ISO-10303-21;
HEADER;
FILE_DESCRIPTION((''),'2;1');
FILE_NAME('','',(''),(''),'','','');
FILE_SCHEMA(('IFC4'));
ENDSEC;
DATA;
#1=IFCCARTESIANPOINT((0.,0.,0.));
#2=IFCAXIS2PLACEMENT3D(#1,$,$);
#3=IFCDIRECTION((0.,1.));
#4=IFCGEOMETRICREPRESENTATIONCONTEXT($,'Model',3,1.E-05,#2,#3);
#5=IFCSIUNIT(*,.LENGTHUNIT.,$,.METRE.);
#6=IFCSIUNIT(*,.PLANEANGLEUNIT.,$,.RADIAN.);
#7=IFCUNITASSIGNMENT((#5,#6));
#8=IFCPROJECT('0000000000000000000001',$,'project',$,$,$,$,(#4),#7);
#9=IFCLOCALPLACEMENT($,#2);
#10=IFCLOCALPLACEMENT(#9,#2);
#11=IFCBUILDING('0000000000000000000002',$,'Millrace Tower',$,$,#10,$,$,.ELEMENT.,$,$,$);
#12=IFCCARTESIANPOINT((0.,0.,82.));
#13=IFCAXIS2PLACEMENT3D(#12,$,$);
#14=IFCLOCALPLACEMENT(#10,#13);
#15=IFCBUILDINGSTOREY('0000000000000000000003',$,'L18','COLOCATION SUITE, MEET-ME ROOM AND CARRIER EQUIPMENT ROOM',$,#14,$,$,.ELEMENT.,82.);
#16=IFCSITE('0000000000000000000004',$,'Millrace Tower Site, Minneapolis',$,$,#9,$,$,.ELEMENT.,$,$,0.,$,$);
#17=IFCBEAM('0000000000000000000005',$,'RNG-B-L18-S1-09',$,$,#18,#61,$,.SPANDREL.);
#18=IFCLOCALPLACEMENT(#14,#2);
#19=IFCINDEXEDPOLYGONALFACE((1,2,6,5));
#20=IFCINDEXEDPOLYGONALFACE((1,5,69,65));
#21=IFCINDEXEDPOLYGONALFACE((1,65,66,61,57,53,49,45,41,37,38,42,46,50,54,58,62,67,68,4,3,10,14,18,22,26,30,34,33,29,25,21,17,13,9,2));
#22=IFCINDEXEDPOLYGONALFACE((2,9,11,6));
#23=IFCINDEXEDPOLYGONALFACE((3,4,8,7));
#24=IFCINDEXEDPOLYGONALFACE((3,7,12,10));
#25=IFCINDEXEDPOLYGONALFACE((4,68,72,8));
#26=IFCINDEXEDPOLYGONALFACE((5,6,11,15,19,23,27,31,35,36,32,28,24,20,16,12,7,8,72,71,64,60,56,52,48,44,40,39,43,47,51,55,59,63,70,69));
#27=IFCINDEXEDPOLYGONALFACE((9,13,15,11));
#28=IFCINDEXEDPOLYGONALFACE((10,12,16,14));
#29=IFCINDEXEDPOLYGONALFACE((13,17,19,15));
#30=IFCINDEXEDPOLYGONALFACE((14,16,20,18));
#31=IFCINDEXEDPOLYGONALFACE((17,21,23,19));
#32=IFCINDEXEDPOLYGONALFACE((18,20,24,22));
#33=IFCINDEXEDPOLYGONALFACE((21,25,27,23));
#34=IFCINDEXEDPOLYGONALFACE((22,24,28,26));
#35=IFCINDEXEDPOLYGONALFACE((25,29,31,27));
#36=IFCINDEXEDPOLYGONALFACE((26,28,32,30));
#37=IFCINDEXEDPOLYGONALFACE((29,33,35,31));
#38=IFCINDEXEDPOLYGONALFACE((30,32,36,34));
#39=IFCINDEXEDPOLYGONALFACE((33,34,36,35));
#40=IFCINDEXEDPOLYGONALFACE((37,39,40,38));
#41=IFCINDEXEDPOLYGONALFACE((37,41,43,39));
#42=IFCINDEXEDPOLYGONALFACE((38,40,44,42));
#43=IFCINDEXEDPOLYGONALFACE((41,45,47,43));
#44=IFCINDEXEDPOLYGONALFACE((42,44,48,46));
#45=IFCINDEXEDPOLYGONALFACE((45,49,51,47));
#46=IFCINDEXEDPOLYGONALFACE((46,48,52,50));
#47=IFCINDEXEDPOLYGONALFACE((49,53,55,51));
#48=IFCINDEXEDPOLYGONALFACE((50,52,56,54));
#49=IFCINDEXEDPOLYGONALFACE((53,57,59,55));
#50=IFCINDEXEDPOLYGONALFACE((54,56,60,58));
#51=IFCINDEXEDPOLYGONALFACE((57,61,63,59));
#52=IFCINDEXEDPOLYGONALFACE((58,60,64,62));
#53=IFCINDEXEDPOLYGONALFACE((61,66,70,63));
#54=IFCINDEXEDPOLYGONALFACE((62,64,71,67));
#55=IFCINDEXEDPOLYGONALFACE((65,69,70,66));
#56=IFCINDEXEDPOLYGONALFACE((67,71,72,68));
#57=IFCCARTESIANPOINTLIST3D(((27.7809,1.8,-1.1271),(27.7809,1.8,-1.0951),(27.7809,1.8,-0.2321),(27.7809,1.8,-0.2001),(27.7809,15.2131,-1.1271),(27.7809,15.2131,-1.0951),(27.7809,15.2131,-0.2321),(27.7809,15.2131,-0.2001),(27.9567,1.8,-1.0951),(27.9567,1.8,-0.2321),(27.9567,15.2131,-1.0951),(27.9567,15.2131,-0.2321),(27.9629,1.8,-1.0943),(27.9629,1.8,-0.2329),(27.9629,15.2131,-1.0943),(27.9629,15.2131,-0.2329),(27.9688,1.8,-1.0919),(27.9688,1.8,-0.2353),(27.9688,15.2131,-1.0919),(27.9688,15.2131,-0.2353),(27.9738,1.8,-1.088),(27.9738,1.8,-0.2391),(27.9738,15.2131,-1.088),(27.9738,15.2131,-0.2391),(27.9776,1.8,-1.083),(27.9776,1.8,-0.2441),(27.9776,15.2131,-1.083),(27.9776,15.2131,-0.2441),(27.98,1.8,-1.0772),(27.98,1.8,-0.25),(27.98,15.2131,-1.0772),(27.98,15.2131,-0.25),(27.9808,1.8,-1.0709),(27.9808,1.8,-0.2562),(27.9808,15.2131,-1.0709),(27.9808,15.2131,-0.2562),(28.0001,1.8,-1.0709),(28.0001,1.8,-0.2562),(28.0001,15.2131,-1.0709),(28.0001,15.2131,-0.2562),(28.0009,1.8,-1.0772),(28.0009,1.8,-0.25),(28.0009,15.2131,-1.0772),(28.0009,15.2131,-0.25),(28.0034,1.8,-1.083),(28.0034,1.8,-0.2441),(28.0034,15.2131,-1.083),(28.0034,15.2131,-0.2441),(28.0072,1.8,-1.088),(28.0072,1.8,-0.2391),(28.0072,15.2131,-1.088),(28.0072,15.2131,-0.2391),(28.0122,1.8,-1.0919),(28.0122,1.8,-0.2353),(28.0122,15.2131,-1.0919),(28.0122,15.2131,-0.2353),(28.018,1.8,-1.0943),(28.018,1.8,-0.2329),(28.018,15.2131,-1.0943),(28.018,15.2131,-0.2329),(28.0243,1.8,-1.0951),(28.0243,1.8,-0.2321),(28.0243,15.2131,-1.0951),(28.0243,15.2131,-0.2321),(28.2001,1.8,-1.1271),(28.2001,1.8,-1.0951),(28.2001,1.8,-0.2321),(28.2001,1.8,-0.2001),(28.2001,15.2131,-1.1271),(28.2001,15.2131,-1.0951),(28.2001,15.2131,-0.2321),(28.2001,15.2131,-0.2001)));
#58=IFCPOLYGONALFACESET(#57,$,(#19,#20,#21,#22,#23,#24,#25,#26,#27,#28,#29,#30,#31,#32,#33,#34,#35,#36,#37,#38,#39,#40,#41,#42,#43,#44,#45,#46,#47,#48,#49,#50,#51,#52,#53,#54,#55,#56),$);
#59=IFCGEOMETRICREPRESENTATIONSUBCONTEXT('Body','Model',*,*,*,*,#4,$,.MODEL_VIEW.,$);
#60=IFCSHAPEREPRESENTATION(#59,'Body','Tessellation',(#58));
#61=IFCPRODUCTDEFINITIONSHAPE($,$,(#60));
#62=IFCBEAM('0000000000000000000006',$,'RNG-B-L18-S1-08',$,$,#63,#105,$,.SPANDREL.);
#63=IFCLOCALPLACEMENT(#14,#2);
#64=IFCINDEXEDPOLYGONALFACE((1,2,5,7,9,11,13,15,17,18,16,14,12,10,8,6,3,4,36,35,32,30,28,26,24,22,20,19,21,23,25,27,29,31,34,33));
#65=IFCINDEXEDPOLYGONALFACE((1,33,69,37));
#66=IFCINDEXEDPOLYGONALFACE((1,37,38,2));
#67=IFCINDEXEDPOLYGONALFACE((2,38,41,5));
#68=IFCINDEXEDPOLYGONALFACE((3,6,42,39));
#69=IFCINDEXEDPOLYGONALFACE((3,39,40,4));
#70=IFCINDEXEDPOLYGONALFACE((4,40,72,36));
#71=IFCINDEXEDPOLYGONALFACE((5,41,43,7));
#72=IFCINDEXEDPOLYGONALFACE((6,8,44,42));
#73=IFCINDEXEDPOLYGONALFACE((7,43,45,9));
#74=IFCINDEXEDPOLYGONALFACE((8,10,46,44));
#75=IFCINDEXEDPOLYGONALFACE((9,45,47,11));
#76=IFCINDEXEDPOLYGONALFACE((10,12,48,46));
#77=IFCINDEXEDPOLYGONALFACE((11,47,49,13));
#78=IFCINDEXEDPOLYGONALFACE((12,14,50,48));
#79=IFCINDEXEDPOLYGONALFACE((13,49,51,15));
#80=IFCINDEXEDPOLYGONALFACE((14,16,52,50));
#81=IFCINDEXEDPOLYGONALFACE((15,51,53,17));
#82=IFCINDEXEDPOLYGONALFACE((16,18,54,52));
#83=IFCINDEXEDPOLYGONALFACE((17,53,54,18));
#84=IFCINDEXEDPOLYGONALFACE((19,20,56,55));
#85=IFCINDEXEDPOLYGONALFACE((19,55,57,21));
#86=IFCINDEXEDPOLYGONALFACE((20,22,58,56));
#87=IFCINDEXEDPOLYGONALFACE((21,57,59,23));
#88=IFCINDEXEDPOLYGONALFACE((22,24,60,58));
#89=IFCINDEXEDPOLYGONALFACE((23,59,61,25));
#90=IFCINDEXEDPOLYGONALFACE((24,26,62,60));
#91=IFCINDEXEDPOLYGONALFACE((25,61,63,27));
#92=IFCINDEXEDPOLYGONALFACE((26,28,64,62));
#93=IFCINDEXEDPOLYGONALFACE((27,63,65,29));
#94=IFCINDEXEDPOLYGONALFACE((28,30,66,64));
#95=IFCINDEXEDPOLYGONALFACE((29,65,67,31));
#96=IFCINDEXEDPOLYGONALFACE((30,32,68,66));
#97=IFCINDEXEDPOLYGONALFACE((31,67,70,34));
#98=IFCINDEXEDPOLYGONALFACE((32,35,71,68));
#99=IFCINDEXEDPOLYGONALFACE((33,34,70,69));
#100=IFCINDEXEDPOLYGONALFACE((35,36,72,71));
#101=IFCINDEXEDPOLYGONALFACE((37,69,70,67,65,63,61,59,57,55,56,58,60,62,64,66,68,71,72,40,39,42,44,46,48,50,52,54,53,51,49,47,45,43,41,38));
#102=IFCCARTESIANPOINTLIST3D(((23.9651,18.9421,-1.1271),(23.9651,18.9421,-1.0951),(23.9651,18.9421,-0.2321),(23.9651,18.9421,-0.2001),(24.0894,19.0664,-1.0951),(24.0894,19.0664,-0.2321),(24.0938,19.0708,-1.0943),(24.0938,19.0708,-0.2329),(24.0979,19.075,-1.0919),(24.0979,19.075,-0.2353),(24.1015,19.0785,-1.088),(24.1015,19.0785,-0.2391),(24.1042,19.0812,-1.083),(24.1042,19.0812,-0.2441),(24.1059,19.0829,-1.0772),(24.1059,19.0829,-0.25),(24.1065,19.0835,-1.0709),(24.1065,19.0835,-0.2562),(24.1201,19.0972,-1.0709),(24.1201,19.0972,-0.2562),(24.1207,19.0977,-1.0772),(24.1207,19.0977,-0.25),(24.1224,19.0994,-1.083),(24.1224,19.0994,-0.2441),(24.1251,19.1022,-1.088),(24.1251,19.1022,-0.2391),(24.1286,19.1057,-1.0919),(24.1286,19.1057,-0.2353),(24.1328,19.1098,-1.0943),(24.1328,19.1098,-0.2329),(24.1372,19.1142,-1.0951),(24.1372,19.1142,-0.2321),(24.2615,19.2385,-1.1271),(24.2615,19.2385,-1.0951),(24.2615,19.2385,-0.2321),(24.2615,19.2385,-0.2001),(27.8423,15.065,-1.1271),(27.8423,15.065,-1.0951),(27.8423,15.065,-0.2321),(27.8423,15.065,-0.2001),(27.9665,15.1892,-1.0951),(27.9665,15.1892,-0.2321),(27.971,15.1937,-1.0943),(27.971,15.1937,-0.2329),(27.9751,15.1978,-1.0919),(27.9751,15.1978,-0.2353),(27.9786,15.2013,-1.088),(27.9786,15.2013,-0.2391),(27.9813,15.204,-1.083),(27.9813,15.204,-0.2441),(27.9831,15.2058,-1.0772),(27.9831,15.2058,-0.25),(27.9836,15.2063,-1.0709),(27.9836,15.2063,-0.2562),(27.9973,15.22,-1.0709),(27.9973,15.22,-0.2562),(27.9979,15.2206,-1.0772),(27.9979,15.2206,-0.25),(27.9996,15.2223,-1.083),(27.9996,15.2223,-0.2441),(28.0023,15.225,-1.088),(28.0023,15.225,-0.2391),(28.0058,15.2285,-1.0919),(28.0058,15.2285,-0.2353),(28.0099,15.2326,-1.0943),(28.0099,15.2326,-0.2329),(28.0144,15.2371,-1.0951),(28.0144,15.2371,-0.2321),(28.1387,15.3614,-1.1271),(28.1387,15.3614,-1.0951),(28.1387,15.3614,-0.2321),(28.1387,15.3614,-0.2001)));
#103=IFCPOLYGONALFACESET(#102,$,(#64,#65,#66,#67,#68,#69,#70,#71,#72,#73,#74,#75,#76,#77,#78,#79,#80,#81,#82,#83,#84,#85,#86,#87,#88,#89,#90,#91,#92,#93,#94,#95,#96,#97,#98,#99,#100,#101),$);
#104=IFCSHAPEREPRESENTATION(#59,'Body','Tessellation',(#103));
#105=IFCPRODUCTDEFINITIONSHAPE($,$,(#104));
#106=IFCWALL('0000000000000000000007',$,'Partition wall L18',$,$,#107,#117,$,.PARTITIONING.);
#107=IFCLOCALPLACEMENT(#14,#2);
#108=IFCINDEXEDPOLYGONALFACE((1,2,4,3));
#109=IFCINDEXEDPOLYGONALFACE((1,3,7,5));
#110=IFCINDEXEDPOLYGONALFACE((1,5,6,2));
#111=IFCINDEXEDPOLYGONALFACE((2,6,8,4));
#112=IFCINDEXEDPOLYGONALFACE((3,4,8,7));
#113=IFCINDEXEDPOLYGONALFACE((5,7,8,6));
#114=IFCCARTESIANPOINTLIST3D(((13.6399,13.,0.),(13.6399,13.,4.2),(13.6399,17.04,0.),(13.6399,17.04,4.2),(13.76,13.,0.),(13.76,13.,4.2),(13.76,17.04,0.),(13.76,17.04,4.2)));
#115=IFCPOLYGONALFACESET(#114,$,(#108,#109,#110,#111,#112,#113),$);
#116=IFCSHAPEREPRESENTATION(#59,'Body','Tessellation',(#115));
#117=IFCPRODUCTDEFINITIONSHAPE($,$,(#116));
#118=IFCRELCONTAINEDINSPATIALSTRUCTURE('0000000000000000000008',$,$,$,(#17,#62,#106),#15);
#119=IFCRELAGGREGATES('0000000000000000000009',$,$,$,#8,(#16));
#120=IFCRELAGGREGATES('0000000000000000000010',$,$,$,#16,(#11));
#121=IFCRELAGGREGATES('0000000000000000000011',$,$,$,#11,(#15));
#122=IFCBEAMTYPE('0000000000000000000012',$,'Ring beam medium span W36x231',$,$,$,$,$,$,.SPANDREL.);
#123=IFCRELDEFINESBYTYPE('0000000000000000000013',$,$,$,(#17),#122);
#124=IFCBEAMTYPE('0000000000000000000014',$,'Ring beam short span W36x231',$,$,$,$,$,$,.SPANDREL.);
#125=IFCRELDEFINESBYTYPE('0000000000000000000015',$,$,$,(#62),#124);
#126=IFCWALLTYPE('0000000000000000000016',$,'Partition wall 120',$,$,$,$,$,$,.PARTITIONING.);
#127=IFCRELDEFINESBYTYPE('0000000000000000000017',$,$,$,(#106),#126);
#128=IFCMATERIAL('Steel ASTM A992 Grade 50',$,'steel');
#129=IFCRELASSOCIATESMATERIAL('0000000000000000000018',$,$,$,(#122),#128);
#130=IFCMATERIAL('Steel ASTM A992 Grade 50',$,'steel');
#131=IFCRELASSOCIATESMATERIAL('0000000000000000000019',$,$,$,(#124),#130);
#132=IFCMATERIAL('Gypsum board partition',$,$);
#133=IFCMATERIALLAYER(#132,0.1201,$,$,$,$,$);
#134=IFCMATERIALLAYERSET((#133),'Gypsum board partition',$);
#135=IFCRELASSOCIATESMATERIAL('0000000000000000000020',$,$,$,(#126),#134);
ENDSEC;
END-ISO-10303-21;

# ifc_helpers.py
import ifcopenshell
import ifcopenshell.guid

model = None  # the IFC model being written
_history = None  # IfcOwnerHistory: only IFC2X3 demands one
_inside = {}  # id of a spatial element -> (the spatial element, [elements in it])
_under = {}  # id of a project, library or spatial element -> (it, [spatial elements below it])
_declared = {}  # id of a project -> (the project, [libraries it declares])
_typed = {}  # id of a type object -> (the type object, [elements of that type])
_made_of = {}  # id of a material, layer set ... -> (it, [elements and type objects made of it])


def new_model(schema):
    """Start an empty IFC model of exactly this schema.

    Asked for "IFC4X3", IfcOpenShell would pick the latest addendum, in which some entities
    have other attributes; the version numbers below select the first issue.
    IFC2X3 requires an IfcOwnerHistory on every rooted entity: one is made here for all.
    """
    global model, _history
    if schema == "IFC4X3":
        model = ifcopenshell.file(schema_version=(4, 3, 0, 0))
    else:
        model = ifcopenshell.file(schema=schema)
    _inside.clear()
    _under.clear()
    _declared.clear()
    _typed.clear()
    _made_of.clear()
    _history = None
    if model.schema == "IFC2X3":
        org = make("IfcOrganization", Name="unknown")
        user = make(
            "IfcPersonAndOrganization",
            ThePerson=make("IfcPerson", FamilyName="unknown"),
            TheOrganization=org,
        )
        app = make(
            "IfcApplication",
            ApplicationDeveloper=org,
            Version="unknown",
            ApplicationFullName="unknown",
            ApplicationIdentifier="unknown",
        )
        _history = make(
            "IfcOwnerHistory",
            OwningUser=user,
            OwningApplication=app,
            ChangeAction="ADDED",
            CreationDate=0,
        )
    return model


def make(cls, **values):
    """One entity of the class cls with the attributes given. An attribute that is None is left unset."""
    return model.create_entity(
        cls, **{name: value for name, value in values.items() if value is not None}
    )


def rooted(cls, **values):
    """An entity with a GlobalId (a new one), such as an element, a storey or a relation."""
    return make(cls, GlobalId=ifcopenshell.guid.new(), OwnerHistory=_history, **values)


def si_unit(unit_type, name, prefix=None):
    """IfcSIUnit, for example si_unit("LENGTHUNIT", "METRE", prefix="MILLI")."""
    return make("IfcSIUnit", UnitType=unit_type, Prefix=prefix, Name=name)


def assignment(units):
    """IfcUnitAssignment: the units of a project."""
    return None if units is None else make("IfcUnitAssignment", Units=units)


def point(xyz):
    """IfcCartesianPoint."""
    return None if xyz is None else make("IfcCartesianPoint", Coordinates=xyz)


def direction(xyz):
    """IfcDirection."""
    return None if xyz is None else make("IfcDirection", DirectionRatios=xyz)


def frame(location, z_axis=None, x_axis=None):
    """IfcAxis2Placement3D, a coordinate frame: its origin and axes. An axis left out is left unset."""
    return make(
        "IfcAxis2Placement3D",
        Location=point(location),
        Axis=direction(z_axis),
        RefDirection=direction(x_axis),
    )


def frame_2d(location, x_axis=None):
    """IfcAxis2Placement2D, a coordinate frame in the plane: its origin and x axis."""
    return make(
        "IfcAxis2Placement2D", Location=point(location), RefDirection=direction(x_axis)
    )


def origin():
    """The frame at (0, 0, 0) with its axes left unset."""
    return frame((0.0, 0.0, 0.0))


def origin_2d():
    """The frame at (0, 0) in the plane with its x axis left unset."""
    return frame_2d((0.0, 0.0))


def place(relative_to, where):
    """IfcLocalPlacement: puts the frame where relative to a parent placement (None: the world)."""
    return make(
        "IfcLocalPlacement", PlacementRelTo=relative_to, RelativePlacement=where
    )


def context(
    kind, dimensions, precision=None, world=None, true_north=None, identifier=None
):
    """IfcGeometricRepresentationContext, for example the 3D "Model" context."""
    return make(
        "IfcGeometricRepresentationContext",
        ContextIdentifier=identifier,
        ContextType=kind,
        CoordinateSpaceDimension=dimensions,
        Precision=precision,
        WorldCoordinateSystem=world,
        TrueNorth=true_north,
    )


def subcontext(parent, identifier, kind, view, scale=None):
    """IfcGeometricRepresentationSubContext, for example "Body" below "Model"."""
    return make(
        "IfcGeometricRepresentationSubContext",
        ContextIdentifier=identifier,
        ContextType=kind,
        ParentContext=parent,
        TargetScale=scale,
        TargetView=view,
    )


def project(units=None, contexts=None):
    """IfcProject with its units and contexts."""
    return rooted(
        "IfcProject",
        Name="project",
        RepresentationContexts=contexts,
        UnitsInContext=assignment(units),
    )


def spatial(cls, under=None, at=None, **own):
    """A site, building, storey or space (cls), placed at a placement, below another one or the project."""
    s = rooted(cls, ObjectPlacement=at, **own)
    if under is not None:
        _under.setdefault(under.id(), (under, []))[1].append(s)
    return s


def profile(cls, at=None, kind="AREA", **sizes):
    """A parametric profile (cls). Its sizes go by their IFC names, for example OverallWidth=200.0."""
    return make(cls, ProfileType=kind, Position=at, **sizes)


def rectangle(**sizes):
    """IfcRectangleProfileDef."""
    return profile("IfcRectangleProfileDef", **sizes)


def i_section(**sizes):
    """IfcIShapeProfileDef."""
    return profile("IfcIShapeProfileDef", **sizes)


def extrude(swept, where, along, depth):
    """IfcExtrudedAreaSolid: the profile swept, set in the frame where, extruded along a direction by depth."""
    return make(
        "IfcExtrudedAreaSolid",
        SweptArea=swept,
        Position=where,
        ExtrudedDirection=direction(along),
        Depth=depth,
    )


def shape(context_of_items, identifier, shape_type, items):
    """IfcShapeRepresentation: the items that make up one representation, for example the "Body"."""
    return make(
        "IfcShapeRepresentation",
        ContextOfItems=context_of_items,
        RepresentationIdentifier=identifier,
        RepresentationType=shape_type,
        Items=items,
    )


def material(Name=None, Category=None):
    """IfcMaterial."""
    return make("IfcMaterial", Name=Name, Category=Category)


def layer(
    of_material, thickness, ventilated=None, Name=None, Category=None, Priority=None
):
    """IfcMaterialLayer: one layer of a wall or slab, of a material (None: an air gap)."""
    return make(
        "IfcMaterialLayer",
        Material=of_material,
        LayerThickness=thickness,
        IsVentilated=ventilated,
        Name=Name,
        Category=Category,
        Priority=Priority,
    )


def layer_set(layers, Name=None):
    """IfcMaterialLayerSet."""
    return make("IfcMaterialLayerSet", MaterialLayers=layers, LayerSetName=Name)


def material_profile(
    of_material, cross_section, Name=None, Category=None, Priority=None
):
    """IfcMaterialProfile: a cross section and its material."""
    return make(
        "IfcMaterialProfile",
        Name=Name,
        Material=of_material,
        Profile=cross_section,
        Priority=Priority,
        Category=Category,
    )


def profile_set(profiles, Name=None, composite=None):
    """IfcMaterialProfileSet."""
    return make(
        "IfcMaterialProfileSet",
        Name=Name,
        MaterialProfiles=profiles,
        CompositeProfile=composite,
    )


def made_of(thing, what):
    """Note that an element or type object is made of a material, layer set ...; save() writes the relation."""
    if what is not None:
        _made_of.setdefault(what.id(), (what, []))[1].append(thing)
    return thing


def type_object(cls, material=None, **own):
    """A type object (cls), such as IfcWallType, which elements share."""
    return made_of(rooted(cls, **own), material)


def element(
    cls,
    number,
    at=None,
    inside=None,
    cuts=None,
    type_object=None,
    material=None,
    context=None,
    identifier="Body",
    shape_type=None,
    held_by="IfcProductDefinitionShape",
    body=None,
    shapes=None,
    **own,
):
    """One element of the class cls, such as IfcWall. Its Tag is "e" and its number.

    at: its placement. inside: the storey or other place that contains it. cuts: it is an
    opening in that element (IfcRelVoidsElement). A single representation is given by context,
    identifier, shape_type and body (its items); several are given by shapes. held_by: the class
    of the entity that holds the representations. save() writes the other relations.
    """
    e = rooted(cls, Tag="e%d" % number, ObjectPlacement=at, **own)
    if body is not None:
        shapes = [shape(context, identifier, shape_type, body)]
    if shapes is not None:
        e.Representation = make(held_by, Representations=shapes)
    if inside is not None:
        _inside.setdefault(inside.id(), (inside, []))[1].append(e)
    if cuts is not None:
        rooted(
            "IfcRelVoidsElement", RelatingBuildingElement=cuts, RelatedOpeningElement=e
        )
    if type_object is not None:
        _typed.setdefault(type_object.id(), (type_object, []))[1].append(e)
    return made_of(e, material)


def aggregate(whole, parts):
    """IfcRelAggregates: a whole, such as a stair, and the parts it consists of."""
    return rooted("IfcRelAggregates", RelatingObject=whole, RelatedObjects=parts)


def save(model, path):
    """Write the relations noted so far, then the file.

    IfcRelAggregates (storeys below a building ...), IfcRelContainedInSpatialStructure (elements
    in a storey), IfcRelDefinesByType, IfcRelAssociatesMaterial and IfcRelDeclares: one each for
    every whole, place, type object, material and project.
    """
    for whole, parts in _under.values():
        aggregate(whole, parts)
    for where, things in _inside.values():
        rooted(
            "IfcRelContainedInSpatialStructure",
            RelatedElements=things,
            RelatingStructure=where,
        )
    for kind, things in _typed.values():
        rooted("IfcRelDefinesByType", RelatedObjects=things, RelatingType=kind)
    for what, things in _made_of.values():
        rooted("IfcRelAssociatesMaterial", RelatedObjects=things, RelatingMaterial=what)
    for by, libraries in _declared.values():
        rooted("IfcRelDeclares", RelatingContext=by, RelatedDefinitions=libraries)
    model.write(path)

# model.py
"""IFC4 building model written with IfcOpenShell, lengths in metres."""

from ifc_helpers import new_model, si_unit, direction, frame, frame_2d, origin, origin_2d, place, context, subcontext, project, spatial, rectangle, i_section, extrude, material, layer, layer_set, material_profile, profile_set, type_object, element, save


model = new_model("IFC4")

# Units and contexts
model_context = context("Model", 3, precision=1e-05, world=origin(), true_north=direction((0.0, 1.0)))
body_context = subcontext(model_context, "Body", "Model", "MODEL_VIEW")
ifc_project = project(units=[si_unit("LENGTHUNIT", "METRE"), si_unit("PLANEANGLEUNIT", "RADIAN")], contexts=[model_context])

# Site, building, storey
site_placement = place(None, origin())
site = spatial("IfcSite", under=ifc_project, at=site_placement, Name="Millrace Tower Site, Minneapolis", CompositionType="ELEMENT", RefElevation=0.0)
building_placement = place(site_placement, origin())
building = spatial("IfcBuilding", under=site, at=building_placement, Name="Millrace Tower", CompositionType="ELEMENT")
storey_placement = place(building_placement, frame((0.0, 0.0, 82.0)))
storey = spatial("IfcBuildingStorey", under=building, at=storey_placement, Name="L18", Description="COLOCATION SUITE, MEET-ME ROOM AND CARRIER EQUIPMENT ROOM", CompositionType="ELEMENT", Elevation=82.0)

# Beams
ifc_material_1 = material(Name="Steel ASTM A992 Grade 50", Category="steel")
ifc_material_profile_1 = material_profile(ifc_material_1, i_section(OverallWidth=0.4192, OverallDepth=0.927, WebThickness=0.0193, FlangeThickness=0.032, FilletRadius=0.0242, at=origin_2d()))
ifc_profile_set_1 = profile_set([ifc_material_profile_1], Name="Steel ASTM A992 Grade 50")
beam_type_1 = type_object("IfcBeamType", Name="Ring beam medium span W36x231", PredefinedType="SPANDREL", material=ifc_profile_set_1)
beam_1_placement = place(storey_placement, frame((27.9905, 15.2131, -0.6636), z_axis=(0.0, -1.0, 0.0), x_axis=(1.0, 0.0, 0.0)))
element("IfcBeam", 1, at=beam_1_placement, inside=storey, type_object=beam_type_1, Name="RNG-B-L18-S1-09", PredefinedType="SPANDREL", context=body_context, shape_type="SweptSolid", body=[
    extrude(i_section(OverallWidth=0.4192, OverallDepth=0.927, WebThickness=0.0193, FlangeThickness=0.032, FilletRadius=0.0242, at=origin_2d()), origin(), (0.0, 0.0, 1.0), 13.4131),
])
ifc_material_2 = material(Name="Steel ASTM A992 Grade 50", Category="steel")
ifc_material_profile_2 = material_profile(ifc_material_2, i_section(OverallWidth=0.4192, OverallDepth=0.927, WebThickness=0.0193, FlangeThickness=0.032, FilletRadius=0.0242, at=origin_2d()))
ifc_profile_set_2 = profile_set([ifc_material_profile_2], Name="Steel ASTM A992 Grade 50")
beam_type_2 = type_object("IfcBeamType", Name="Ring beam short span W36x231", PredefinedType="SPANDREL", material=ifc_profile_set_2)
beam_2_placement = place(storey_placement, frame((24.1133, 19.0903, -0.6636), z_axis=(0.707107, -0.707107, 0.0), x_axis=(0.707107, 0.707107, 0.0)))
element("IfcBeam", 2, at=beam_2_placement, inside=storey, type_object=beam_type_2, Name="RNG-B-L18-S1-08", PredefinedType="SPANDREL", context=body_context, shape_type="SweptSolid", body=[
    extrude(i_section(OverallWidth=0.4192, OverallDepth=0.927, WebThickness=0.0193, FlangeThickness=0.032, FilletRadius=0.0242, at=origin_2d()), origin(), (0.0, 0.0, 1.0), 5.4832),
])

# Wall
ifc_material_3 = material(Name="Gypsum board partition")
ifc_layer_1 = layer(ifc_material_3, 0.1201)
ifc_layer_set_1 = layer_set([ifc_layer_1], Name="Gypsum board partition")
wall_type = type_object("IfcWallType", Name="Partition wall 120", PredefinedType="PARTITIONING", material=ifc_layer_set_1)
wall_placement = place(storey_placement, frame((13.7, 13.0, 0.0), z_axis=(0.0, 0.0, 1.0), x_axis=(0.0, 1.0, 0.0)))
element("IfcWall", 3, at=wall_placement, inside=storey, type_object=wall_type, Name="Partition wall L18", PredefinedType="PARTITIONING", context=body_context, shape_type="SweptSolid", body=[
    extrude(rectangle(XDim=4.04, YDim=0.1201, at=frame_2d((2.02, 0.0))), origin(), (0.0, 0.0, 1.0), 4.2),
])

save(model, "model.ifc")
